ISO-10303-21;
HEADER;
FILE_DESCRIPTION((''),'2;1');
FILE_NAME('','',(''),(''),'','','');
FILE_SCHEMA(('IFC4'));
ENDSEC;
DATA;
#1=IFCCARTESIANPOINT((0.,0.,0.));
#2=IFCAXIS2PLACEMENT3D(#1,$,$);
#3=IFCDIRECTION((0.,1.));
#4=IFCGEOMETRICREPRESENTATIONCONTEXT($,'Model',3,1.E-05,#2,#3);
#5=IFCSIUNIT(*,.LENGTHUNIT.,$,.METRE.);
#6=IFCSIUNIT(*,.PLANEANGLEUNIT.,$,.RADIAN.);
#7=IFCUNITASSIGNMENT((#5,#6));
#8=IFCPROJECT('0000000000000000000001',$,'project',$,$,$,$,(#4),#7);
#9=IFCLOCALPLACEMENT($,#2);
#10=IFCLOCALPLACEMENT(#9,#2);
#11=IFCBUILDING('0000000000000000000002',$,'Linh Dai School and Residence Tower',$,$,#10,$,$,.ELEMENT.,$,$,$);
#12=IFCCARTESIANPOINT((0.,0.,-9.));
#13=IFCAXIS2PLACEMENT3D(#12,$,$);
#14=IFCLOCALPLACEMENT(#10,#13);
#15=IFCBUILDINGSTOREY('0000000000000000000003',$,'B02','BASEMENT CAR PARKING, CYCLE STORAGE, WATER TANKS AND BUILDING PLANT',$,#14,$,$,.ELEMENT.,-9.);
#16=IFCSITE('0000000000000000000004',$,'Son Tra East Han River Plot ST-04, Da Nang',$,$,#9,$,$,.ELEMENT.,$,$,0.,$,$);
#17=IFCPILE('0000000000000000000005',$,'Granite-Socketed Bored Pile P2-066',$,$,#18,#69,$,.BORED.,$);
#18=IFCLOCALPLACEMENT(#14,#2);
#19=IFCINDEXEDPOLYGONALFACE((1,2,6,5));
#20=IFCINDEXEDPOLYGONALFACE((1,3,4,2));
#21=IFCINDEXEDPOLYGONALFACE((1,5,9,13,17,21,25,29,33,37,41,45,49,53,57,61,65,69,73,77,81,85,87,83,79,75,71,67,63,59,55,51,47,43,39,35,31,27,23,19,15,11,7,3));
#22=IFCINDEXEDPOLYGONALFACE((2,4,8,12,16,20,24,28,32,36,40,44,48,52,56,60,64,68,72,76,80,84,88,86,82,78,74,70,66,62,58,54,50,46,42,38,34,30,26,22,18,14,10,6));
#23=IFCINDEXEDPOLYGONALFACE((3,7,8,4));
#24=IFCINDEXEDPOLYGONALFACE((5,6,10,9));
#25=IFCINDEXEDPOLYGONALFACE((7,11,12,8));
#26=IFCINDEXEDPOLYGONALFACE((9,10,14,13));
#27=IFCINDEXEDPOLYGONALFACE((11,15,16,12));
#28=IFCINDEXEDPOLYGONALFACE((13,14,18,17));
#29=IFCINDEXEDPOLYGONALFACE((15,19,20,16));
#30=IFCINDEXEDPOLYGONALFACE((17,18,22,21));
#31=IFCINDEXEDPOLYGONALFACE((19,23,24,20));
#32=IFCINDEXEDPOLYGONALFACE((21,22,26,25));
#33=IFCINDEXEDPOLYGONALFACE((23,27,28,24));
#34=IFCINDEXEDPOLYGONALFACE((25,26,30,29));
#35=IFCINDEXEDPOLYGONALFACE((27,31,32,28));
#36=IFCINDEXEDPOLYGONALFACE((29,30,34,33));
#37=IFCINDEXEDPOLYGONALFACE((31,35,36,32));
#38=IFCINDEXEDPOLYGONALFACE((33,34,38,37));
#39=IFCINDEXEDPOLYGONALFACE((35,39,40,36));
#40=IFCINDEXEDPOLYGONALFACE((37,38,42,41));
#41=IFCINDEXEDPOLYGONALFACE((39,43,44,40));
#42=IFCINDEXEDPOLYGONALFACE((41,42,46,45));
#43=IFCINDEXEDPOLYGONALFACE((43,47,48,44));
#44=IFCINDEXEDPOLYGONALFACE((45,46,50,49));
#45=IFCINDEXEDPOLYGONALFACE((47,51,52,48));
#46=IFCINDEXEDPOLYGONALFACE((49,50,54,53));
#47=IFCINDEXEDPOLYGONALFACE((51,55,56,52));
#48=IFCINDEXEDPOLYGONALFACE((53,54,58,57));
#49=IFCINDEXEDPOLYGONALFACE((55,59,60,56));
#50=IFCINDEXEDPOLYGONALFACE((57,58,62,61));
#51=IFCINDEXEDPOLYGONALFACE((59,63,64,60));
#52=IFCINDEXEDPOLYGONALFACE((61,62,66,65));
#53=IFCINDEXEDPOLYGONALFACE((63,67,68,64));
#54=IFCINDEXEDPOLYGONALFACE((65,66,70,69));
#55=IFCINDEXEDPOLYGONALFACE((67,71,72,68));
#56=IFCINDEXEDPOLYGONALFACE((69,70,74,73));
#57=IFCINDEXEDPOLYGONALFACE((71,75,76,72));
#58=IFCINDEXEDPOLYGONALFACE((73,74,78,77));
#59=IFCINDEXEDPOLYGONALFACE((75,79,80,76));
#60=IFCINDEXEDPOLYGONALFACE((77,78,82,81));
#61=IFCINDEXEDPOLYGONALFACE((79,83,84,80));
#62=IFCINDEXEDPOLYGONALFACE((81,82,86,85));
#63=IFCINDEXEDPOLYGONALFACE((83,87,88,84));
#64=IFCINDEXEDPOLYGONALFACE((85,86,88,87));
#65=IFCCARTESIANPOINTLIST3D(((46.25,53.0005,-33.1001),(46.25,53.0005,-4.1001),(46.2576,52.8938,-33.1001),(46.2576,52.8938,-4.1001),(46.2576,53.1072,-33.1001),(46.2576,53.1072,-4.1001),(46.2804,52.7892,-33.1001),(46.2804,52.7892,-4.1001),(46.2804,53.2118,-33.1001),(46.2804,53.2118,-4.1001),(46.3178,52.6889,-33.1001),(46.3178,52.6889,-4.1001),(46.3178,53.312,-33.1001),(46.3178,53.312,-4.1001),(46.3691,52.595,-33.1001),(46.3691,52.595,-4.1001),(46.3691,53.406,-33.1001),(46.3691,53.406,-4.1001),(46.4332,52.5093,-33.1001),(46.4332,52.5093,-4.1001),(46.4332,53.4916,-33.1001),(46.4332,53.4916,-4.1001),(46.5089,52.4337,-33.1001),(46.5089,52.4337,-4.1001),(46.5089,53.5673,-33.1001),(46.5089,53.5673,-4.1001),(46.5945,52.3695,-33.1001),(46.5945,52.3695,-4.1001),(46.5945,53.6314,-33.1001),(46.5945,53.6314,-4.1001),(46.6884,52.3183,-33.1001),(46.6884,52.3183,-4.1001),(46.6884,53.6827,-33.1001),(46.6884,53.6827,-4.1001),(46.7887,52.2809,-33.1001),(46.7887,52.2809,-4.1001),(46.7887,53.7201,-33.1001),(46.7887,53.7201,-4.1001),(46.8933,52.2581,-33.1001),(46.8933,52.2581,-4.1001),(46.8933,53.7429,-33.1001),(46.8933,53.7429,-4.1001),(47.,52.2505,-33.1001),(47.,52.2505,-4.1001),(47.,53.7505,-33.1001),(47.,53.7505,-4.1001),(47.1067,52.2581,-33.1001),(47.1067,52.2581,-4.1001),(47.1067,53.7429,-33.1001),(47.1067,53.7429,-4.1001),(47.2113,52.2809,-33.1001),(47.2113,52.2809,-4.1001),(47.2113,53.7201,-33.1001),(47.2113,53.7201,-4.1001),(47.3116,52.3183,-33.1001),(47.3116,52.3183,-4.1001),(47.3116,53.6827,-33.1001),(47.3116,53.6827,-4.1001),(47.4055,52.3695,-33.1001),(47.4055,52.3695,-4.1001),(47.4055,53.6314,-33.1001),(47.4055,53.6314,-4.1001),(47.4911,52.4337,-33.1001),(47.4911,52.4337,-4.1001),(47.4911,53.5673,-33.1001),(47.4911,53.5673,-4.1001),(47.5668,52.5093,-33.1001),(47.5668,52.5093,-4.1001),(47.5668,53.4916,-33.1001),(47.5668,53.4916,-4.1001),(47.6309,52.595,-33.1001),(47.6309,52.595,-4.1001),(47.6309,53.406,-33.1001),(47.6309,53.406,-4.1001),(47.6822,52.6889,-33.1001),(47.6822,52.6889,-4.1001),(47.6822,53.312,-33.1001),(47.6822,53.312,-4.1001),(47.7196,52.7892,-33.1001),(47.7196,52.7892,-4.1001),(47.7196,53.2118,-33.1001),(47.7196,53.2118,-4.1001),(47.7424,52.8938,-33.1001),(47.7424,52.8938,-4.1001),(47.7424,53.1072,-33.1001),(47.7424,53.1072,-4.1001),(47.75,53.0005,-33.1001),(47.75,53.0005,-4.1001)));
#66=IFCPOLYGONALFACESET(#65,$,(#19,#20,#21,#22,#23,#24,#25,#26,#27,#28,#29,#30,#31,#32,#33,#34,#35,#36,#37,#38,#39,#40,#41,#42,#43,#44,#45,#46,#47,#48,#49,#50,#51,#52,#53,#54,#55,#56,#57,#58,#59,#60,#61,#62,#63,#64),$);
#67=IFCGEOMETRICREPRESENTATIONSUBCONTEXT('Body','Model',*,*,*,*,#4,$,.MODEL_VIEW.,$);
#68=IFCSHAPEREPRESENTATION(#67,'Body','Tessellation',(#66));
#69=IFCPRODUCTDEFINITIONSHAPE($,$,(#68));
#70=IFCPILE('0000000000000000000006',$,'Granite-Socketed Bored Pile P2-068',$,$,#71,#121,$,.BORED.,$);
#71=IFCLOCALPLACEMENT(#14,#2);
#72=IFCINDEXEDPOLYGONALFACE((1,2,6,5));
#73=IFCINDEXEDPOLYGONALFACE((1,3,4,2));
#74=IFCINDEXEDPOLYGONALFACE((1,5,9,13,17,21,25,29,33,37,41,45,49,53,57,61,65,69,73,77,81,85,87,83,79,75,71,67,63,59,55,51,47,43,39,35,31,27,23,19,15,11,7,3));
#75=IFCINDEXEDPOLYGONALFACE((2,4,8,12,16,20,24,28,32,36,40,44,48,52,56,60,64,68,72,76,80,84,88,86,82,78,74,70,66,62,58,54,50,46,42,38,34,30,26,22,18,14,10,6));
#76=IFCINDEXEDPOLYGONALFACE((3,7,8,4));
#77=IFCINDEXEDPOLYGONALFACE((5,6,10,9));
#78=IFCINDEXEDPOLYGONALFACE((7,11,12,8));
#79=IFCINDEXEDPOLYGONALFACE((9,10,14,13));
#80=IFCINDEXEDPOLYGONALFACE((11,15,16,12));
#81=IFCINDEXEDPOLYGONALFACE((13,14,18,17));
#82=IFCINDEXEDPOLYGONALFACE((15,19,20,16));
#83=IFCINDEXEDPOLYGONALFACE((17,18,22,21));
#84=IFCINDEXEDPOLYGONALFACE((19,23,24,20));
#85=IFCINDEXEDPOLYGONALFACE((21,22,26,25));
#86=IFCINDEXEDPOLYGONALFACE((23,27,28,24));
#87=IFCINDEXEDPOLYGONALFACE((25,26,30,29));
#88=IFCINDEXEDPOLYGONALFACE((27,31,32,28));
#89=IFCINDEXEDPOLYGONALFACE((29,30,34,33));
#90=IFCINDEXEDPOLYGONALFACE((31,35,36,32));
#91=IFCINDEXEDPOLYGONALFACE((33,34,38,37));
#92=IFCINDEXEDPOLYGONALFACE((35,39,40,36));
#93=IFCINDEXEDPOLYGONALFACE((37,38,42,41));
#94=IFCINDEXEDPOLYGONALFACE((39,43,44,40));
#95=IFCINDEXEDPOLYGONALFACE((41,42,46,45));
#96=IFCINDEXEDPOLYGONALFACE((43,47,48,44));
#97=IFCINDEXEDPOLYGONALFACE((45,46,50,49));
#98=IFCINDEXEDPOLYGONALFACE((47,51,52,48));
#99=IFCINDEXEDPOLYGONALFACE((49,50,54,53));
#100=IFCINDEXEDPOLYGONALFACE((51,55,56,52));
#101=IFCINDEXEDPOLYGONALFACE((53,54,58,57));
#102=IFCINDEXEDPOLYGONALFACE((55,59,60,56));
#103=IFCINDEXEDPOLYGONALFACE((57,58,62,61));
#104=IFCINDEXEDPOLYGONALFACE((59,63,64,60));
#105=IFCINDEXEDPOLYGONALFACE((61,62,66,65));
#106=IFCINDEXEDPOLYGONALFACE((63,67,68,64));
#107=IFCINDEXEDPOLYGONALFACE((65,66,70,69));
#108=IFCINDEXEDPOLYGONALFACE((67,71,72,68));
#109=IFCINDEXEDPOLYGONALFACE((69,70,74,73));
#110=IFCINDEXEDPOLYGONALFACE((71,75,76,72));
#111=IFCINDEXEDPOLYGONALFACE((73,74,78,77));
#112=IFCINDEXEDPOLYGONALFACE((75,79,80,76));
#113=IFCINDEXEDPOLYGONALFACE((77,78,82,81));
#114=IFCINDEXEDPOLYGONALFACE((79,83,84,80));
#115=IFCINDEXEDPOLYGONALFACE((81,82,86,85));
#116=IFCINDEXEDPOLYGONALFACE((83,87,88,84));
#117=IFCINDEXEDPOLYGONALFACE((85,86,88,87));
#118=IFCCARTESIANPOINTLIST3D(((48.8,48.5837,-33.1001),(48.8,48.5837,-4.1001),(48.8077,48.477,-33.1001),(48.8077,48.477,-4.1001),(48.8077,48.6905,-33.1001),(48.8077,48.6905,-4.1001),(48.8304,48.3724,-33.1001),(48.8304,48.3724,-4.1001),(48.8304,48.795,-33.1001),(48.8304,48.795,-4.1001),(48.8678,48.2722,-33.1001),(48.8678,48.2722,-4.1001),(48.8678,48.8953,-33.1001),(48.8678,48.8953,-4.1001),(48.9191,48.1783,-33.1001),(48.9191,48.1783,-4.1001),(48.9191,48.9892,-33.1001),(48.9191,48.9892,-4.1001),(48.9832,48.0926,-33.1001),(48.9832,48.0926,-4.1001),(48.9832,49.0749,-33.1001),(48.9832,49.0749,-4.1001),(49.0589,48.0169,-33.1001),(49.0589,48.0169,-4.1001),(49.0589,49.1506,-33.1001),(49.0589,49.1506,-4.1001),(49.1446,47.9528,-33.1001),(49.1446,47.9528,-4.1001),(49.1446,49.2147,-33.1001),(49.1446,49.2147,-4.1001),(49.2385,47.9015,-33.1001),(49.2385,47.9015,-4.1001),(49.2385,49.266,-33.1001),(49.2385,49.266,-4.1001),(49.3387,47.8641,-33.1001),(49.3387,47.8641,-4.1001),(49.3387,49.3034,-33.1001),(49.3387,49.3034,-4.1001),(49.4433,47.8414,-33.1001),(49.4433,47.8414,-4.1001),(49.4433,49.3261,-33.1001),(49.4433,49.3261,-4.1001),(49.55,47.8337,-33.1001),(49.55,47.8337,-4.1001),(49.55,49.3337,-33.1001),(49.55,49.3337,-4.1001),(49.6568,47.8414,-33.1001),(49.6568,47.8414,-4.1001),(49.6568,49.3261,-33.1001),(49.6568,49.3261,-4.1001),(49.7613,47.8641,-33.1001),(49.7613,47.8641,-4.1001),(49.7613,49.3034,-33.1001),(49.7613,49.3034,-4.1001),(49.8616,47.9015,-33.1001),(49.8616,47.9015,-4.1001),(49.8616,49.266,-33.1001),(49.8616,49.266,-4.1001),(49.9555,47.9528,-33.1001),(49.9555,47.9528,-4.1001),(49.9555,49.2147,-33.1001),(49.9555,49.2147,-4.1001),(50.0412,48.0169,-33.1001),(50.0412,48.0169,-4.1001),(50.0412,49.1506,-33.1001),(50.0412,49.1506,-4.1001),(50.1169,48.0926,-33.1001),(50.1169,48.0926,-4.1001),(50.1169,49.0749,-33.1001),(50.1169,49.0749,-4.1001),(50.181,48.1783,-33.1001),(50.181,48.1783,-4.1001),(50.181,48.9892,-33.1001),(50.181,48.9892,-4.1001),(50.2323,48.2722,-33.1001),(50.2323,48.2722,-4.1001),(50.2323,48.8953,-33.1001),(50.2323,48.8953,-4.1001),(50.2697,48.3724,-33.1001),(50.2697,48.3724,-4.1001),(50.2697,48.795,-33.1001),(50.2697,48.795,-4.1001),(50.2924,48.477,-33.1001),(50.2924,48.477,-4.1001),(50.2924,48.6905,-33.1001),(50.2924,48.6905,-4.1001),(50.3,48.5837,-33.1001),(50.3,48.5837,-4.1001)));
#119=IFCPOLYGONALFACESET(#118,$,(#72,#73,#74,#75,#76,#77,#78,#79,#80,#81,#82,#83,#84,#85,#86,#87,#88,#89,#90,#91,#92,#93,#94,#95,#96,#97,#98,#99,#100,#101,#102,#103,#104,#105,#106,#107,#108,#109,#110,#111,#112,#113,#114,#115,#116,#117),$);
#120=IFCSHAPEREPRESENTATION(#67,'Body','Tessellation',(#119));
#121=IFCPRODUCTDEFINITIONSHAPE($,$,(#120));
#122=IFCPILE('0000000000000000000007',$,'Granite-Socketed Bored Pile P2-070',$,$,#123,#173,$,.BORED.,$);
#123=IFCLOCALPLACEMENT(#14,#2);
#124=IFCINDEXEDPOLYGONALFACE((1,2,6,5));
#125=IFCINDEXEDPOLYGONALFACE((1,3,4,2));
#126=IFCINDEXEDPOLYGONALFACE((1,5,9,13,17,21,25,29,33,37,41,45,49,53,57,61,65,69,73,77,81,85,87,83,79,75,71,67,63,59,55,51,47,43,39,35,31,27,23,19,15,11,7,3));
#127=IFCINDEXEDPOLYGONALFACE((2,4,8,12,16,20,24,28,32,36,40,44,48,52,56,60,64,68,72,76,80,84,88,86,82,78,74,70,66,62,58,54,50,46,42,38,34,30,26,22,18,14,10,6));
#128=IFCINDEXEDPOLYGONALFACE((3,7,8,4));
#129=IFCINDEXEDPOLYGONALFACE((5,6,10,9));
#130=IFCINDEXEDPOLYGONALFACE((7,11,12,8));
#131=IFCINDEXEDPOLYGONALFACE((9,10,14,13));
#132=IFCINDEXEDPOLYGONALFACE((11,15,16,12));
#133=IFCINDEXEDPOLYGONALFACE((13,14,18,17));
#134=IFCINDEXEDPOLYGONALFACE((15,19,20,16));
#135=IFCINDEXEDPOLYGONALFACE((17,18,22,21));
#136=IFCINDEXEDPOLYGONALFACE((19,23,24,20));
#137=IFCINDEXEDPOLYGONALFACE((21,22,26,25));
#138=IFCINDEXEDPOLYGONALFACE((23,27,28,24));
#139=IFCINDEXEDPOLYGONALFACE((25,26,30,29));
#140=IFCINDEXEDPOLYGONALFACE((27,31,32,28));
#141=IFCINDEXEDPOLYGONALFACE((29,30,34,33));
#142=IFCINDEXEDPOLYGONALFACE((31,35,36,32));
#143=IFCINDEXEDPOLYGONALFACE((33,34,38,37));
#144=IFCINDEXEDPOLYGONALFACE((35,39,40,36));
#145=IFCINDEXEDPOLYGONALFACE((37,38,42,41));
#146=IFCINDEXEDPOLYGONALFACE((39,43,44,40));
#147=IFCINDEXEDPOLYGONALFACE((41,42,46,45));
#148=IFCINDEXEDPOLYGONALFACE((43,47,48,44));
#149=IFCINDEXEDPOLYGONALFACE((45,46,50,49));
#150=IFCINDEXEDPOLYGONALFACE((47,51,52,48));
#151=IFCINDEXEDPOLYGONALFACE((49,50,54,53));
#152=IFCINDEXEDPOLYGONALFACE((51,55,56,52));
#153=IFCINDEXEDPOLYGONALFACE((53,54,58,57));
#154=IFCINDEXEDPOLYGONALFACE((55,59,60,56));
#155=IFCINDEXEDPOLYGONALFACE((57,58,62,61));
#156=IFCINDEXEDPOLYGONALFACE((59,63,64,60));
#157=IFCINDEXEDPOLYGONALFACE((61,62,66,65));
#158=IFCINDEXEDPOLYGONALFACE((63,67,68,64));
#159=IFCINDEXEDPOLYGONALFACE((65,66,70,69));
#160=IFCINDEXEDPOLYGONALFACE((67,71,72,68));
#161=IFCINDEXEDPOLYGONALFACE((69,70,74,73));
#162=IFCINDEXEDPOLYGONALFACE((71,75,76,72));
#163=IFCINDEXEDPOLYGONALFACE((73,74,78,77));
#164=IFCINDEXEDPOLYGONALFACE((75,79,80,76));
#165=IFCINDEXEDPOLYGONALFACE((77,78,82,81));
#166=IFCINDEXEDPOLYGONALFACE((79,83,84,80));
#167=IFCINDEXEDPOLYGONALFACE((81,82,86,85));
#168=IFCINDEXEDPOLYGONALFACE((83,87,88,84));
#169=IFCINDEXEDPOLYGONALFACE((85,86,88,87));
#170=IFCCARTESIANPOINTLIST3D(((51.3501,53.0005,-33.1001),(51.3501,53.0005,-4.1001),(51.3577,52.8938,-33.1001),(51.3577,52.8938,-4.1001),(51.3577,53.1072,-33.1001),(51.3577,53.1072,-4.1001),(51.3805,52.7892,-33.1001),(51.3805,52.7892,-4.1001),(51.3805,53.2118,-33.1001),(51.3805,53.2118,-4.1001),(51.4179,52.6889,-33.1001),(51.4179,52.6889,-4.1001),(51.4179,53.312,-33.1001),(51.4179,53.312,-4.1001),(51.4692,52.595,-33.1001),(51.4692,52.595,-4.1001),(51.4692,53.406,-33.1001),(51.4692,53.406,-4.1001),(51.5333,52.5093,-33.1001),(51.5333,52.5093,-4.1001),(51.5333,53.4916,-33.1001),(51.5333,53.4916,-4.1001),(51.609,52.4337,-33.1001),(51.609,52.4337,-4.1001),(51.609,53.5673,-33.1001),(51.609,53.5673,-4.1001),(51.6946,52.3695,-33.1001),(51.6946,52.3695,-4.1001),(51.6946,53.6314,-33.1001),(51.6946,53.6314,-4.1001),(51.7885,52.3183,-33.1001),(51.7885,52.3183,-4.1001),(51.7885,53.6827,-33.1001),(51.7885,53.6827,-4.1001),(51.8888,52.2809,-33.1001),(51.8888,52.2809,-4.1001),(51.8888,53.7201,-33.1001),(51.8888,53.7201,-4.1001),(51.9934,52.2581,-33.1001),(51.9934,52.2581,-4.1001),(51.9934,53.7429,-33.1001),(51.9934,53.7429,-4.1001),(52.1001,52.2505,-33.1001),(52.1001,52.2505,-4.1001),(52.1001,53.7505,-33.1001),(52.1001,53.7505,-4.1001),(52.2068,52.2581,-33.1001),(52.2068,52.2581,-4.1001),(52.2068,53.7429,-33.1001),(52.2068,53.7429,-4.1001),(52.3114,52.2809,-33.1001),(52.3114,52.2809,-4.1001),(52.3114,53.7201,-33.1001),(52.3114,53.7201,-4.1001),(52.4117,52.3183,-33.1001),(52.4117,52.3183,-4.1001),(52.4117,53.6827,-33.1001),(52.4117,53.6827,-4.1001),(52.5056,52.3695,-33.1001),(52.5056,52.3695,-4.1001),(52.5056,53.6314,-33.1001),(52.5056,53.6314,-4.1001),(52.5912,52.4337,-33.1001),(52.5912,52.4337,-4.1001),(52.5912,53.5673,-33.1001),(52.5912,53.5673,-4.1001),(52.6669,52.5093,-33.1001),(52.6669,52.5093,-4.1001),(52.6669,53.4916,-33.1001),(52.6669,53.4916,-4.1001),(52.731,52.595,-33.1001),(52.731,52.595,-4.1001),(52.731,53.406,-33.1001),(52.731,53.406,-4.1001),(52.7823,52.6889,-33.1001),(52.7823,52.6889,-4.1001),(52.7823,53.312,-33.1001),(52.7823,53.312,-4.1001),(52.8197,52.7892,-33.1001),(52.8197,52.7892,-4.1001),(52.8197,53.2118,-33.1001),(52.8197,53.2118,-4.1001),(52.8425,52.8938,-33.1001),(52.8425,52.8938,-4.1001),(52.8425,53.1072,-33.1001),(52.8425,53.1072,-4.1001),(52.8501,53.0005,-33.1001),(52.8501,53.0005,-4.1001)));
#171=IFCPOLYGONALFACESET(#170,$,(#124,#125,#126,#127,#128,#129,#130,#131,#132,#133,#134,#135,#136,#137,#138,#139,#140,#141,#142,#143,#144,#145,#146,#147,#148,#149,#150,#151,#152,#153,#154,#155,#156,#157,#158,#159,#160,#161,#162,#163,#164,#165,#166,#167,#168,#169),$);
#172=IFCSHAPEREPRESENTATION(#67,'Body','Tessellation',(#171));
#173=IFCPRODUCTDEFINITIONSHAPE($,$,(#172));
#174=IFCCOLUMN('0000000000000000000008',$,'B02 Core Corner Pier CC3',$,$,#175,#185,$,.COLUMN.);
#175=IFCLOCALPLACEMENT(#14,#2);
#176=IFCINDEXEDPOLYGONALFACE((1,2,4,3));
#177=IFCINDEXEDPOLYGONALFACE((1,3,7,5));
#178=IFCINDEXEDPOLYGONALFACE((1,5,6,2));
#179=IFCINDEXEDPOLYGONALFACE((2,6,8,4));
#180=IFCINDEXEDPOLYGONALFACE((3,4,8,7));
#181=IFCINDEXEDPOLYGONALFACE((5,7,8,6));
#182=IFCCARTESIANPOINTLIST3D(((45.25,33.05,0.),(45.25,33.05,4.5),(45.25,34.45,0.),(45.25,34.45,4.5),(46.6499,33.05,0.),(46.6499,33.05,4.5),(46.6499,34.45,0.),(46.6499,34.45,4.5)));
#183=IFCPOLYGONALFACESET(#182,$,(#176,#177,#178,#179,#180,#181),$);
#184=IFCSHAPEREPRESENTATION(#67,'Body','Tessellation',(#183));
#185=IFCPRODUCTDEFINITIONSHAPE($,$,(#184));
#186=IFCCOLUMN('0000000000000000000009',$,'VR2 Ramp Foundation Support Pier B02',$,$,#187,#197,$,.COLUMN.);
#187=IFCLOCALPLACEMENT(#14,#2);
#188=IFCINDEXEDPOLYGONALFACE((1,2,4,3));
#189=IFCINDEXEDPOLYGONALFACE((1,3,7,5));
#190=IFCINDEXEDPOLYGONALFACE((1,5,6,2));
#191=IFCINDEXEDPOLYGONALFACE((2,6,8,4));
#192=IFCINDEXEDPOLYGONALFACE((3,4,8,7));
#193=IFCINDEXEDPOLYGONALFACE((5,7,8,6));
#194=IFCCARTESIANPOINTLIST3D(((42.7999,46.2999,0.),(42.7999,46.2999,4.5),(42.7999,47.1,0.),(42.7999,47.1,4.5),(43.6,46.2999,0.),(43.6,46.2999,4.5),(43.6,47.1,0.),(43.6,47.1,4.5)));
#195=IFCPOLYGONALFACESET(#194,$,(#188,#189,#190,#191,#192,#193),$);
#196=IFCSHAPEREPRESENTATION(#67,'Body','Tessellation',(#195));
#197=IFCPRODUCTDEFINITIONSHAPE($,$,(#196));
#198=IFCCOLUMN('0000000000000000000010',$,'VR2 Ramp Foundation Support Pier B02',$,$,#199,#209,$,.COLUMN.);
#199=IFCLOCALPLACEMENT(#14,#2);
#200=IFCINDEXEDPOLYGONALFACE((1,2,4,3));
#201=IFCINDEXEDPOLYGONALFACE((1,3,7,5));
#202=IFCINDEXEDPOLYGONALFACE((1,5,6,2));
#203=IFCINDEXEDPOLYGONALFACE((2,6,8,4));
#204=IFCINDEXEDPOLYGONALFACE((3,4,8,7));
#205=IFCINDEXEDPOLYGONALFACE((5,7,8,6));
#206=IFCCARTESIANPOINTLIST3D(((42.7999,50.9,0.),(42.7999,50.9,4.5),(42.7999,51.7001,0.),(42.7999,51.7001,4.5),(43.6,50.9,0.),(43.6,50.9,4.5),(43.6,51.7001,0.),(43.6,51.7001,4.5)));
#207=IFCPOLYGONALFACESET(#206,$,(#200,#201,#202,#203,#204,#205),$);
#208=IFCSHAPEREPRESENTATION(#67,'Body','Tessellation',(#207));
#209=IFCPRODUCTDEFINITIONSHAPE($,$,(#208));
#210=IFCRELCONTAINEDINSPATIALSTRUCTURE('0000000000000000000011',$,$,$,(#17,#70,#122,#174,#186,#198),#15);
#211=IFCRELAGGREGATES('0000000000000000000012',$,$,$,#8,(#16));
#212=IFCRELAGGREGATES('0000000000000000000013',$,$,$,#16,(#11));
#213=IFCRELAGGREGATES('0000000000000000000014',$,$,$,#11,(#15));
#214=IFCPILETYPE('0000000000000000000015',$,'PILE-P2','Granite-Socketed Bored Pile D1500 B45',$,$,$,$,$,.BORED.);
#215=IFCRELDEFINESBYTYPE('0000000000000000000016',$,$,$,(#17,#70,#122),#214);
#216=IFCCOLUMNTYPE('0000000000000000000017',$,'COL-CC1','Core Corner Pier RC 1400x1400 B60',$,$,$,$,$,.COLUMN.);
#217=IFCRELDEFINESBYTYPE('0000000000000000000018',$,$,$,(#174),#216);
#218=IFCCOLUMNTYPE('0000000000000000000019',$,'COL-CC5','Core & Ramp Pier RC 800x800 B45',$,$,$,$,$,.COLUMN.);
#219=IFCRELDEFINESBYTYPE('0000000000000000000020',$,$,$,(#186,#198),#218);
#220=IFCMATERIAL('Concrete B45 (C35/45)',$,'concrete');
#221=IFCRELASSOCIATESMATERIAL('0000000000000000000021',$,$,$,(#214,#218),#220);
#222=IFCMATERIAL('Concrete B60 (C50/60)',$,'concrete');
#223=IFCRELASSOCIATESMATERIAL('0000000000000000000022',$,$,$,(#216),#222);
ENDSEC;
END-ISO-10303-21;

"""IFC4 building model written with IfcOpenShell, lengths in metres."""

from ifc_helpers import new_model, si_unit, direction, frame, origin, origin_2d, place, context, subcontext, project, spatial, rectangle, circle, extrude, material, material_profile, profile_set, type_object, element, save


model = new_model("IFC4")

# Units and contexts
model_context = context("Model", 3, precision=1e-05, world=origin(), true_north=direction((0.0, 1.0)))
body_context = subcontext(model_context, "Body", "Model", "MODEL_VIEW")
ifc_project = project(units=[si_unit("LENGTHUNIT", "METRE"), si_unit("PLANEANGLEUNIT", "RADIAN")], contexts=[model_context])

# Site, building, storey
site_placement = place(None, origin())
site = spatial("IfcSite", under=ifc_project, at=site_placement, Name="Son Tra East Han River Plot ST-04, Da Nang", CompositionType="ELEMENT", RefElevation=0.0)
building_placement = place(site_placement, origin())
building = spatial("IfcBuilding", under=site, at=building_placement, Name="Linh Dai School and Residence Tower", CompositionType="ELEMENT")
storey_placement = place(building_placement, frame((0.0, 0.0, -9.0)))
storey = spatial("IfcBuildingStorey", under=building, at=storey_placement, Name="B02", Description="BASEMENT CAR PARKING, CYCLE STORAGE, WATER TANKS AND BUILDING PLANT", CompositionType="ELEMENT", Elevation=-9.0)

# Piles
ifc_material_1 = material(Name="Concrete B45 (C35/45)", Category="concrete")
ifc_material_profile_1 = material_profile(ifc_material_1, circle(Radius=0.75, at=origin_2d()), Name="PILE D1500")
ifc_profile_set_1 = profile_set([ifc_material_profile_1], Name="Concrete B45 (C35/45)")
pile_type_1 = type_object("IfcPileType", Name="PILE-P2", Description="Granite-Socketed Bored Pile D1500 B45", PredefinedType="BORED", material=ifc_profile_set_1)
for number, where, z_axis, x_axis, name in (
    (1, (47.0, 53.0005, -4.1001), (0.0, 0.0, -1.0), (1.0, 0.0, 0.0), "Granite-Socketed Bored Pile P2-066"),
    (2, (49.55, 48.5837, -4.1001), (0.0, 0.0, -1.0), (1.0, 0.0, 0.0), "Granite-Socketed Bored Pile P2-068"),
    (3, (52.1001, 53.0005, -4.1001), (0.0, 0.0, -1.0), (1.0, 0.0, 0.0), "Granite-Socketed Bored Pile P2-070"),
):
    element("IfcPile", number, at=place(storey_placement, frame(where, z_axis=z_axis, x_axis=x_axis)), inside=storey, type_object=pile_type_1, Name=name, PredefinedType="BORED", context=body_context, shape_type="SweptSolid", body=[
        extrude(circle(Radius=0.75, at=origin_2d()), origin(), (0.0, 0.0, 1.0), 29.0),
    ])

# Columns
ifc_material_2 = material(Name="Concrete B60 (C50/60)", Category="concrete")
ifc_material_profile_2 = material_profile(ifc_material_2, rectangle(XDim=1.3999, YDim=1.3999, at=origin_2d()), Name="RC 1400x1400")
ifc_profile_set_2 = profile_set([ifc_material_profile_2], Name="Concrete B60 (C50/60)")
column_type_1 = type_object("IfcColumnType", Name="COL-CC1", Description="Core Corner Pier RC 1400x1400 B60", PredefinedType="COLUMN", material=ifc_profile_set_2)
column_1_placement = place(storey_placement, frame((45.95, 33.75, 0.0), z_axis=(0.0, 0.0, 1.0), x_axis=(1.0, 0.0, 0.0)))
element("IfcColumn", 4, at=column_1_placement, inside=storey, type_object=column_type_1, Name="B02 Core Corner Pier CC3", PredefinedType="COLUMN", context=body_context, shape_type="SweptSolid", body=[
    extrude(rectangle(XDim=1.3999, YDim=1.3999, at=origin_2d()), origin(), (0.0, 0.0, 1.0), 4.5),
])
ifc_material_profile_3 = material_profile(ifc_material_1, rectangle(XDim=0.8, YDim=0.8, at=origin_2d()), Name="RC 800x800")
ifc_profile_set_3 = profile_set([ifc_material_profile_3], Name="Concrete B45 (C35/45)")
column_type_2 = type_object("IfcColumnType", Name="COL-CC5", Description="Core & Ramp Pier RC 800x800 B45", PredefinedType="COLUMN", material=ifc_profile_set_3)
for number, where, z_axis, x_axis, name in (
    (5, (43.2, 46.7, 0.0), (0.0, 0.0, 1.0), (1.0, 0.0, 0.0), "VR2 Ramp Foundation Support Pier B02"),
    (6, (43.2, 51.3, 0.0), (0.0, 0.0, 1.0), (1.0, 0.0, 0.0), "VR2 Ramp Foundation Support Pier B02"),
):
    element("IfcColumn", number, at=place(storey_placement, frame(where, z_axis=z_axis, x_axis=x_axis)), inside=storey, type_object=column_type_2, Name=name, PredefinedType="COLUMN", context=body_context, shape_type="SweptSolid", body=[
        extrude(rectangle(XDim=0.8, YDim=0.8, at=origin_2d()), origin(), (0.0, 0.0, 1.0), 4.5),
    ])

save(model, "model.ifc")
